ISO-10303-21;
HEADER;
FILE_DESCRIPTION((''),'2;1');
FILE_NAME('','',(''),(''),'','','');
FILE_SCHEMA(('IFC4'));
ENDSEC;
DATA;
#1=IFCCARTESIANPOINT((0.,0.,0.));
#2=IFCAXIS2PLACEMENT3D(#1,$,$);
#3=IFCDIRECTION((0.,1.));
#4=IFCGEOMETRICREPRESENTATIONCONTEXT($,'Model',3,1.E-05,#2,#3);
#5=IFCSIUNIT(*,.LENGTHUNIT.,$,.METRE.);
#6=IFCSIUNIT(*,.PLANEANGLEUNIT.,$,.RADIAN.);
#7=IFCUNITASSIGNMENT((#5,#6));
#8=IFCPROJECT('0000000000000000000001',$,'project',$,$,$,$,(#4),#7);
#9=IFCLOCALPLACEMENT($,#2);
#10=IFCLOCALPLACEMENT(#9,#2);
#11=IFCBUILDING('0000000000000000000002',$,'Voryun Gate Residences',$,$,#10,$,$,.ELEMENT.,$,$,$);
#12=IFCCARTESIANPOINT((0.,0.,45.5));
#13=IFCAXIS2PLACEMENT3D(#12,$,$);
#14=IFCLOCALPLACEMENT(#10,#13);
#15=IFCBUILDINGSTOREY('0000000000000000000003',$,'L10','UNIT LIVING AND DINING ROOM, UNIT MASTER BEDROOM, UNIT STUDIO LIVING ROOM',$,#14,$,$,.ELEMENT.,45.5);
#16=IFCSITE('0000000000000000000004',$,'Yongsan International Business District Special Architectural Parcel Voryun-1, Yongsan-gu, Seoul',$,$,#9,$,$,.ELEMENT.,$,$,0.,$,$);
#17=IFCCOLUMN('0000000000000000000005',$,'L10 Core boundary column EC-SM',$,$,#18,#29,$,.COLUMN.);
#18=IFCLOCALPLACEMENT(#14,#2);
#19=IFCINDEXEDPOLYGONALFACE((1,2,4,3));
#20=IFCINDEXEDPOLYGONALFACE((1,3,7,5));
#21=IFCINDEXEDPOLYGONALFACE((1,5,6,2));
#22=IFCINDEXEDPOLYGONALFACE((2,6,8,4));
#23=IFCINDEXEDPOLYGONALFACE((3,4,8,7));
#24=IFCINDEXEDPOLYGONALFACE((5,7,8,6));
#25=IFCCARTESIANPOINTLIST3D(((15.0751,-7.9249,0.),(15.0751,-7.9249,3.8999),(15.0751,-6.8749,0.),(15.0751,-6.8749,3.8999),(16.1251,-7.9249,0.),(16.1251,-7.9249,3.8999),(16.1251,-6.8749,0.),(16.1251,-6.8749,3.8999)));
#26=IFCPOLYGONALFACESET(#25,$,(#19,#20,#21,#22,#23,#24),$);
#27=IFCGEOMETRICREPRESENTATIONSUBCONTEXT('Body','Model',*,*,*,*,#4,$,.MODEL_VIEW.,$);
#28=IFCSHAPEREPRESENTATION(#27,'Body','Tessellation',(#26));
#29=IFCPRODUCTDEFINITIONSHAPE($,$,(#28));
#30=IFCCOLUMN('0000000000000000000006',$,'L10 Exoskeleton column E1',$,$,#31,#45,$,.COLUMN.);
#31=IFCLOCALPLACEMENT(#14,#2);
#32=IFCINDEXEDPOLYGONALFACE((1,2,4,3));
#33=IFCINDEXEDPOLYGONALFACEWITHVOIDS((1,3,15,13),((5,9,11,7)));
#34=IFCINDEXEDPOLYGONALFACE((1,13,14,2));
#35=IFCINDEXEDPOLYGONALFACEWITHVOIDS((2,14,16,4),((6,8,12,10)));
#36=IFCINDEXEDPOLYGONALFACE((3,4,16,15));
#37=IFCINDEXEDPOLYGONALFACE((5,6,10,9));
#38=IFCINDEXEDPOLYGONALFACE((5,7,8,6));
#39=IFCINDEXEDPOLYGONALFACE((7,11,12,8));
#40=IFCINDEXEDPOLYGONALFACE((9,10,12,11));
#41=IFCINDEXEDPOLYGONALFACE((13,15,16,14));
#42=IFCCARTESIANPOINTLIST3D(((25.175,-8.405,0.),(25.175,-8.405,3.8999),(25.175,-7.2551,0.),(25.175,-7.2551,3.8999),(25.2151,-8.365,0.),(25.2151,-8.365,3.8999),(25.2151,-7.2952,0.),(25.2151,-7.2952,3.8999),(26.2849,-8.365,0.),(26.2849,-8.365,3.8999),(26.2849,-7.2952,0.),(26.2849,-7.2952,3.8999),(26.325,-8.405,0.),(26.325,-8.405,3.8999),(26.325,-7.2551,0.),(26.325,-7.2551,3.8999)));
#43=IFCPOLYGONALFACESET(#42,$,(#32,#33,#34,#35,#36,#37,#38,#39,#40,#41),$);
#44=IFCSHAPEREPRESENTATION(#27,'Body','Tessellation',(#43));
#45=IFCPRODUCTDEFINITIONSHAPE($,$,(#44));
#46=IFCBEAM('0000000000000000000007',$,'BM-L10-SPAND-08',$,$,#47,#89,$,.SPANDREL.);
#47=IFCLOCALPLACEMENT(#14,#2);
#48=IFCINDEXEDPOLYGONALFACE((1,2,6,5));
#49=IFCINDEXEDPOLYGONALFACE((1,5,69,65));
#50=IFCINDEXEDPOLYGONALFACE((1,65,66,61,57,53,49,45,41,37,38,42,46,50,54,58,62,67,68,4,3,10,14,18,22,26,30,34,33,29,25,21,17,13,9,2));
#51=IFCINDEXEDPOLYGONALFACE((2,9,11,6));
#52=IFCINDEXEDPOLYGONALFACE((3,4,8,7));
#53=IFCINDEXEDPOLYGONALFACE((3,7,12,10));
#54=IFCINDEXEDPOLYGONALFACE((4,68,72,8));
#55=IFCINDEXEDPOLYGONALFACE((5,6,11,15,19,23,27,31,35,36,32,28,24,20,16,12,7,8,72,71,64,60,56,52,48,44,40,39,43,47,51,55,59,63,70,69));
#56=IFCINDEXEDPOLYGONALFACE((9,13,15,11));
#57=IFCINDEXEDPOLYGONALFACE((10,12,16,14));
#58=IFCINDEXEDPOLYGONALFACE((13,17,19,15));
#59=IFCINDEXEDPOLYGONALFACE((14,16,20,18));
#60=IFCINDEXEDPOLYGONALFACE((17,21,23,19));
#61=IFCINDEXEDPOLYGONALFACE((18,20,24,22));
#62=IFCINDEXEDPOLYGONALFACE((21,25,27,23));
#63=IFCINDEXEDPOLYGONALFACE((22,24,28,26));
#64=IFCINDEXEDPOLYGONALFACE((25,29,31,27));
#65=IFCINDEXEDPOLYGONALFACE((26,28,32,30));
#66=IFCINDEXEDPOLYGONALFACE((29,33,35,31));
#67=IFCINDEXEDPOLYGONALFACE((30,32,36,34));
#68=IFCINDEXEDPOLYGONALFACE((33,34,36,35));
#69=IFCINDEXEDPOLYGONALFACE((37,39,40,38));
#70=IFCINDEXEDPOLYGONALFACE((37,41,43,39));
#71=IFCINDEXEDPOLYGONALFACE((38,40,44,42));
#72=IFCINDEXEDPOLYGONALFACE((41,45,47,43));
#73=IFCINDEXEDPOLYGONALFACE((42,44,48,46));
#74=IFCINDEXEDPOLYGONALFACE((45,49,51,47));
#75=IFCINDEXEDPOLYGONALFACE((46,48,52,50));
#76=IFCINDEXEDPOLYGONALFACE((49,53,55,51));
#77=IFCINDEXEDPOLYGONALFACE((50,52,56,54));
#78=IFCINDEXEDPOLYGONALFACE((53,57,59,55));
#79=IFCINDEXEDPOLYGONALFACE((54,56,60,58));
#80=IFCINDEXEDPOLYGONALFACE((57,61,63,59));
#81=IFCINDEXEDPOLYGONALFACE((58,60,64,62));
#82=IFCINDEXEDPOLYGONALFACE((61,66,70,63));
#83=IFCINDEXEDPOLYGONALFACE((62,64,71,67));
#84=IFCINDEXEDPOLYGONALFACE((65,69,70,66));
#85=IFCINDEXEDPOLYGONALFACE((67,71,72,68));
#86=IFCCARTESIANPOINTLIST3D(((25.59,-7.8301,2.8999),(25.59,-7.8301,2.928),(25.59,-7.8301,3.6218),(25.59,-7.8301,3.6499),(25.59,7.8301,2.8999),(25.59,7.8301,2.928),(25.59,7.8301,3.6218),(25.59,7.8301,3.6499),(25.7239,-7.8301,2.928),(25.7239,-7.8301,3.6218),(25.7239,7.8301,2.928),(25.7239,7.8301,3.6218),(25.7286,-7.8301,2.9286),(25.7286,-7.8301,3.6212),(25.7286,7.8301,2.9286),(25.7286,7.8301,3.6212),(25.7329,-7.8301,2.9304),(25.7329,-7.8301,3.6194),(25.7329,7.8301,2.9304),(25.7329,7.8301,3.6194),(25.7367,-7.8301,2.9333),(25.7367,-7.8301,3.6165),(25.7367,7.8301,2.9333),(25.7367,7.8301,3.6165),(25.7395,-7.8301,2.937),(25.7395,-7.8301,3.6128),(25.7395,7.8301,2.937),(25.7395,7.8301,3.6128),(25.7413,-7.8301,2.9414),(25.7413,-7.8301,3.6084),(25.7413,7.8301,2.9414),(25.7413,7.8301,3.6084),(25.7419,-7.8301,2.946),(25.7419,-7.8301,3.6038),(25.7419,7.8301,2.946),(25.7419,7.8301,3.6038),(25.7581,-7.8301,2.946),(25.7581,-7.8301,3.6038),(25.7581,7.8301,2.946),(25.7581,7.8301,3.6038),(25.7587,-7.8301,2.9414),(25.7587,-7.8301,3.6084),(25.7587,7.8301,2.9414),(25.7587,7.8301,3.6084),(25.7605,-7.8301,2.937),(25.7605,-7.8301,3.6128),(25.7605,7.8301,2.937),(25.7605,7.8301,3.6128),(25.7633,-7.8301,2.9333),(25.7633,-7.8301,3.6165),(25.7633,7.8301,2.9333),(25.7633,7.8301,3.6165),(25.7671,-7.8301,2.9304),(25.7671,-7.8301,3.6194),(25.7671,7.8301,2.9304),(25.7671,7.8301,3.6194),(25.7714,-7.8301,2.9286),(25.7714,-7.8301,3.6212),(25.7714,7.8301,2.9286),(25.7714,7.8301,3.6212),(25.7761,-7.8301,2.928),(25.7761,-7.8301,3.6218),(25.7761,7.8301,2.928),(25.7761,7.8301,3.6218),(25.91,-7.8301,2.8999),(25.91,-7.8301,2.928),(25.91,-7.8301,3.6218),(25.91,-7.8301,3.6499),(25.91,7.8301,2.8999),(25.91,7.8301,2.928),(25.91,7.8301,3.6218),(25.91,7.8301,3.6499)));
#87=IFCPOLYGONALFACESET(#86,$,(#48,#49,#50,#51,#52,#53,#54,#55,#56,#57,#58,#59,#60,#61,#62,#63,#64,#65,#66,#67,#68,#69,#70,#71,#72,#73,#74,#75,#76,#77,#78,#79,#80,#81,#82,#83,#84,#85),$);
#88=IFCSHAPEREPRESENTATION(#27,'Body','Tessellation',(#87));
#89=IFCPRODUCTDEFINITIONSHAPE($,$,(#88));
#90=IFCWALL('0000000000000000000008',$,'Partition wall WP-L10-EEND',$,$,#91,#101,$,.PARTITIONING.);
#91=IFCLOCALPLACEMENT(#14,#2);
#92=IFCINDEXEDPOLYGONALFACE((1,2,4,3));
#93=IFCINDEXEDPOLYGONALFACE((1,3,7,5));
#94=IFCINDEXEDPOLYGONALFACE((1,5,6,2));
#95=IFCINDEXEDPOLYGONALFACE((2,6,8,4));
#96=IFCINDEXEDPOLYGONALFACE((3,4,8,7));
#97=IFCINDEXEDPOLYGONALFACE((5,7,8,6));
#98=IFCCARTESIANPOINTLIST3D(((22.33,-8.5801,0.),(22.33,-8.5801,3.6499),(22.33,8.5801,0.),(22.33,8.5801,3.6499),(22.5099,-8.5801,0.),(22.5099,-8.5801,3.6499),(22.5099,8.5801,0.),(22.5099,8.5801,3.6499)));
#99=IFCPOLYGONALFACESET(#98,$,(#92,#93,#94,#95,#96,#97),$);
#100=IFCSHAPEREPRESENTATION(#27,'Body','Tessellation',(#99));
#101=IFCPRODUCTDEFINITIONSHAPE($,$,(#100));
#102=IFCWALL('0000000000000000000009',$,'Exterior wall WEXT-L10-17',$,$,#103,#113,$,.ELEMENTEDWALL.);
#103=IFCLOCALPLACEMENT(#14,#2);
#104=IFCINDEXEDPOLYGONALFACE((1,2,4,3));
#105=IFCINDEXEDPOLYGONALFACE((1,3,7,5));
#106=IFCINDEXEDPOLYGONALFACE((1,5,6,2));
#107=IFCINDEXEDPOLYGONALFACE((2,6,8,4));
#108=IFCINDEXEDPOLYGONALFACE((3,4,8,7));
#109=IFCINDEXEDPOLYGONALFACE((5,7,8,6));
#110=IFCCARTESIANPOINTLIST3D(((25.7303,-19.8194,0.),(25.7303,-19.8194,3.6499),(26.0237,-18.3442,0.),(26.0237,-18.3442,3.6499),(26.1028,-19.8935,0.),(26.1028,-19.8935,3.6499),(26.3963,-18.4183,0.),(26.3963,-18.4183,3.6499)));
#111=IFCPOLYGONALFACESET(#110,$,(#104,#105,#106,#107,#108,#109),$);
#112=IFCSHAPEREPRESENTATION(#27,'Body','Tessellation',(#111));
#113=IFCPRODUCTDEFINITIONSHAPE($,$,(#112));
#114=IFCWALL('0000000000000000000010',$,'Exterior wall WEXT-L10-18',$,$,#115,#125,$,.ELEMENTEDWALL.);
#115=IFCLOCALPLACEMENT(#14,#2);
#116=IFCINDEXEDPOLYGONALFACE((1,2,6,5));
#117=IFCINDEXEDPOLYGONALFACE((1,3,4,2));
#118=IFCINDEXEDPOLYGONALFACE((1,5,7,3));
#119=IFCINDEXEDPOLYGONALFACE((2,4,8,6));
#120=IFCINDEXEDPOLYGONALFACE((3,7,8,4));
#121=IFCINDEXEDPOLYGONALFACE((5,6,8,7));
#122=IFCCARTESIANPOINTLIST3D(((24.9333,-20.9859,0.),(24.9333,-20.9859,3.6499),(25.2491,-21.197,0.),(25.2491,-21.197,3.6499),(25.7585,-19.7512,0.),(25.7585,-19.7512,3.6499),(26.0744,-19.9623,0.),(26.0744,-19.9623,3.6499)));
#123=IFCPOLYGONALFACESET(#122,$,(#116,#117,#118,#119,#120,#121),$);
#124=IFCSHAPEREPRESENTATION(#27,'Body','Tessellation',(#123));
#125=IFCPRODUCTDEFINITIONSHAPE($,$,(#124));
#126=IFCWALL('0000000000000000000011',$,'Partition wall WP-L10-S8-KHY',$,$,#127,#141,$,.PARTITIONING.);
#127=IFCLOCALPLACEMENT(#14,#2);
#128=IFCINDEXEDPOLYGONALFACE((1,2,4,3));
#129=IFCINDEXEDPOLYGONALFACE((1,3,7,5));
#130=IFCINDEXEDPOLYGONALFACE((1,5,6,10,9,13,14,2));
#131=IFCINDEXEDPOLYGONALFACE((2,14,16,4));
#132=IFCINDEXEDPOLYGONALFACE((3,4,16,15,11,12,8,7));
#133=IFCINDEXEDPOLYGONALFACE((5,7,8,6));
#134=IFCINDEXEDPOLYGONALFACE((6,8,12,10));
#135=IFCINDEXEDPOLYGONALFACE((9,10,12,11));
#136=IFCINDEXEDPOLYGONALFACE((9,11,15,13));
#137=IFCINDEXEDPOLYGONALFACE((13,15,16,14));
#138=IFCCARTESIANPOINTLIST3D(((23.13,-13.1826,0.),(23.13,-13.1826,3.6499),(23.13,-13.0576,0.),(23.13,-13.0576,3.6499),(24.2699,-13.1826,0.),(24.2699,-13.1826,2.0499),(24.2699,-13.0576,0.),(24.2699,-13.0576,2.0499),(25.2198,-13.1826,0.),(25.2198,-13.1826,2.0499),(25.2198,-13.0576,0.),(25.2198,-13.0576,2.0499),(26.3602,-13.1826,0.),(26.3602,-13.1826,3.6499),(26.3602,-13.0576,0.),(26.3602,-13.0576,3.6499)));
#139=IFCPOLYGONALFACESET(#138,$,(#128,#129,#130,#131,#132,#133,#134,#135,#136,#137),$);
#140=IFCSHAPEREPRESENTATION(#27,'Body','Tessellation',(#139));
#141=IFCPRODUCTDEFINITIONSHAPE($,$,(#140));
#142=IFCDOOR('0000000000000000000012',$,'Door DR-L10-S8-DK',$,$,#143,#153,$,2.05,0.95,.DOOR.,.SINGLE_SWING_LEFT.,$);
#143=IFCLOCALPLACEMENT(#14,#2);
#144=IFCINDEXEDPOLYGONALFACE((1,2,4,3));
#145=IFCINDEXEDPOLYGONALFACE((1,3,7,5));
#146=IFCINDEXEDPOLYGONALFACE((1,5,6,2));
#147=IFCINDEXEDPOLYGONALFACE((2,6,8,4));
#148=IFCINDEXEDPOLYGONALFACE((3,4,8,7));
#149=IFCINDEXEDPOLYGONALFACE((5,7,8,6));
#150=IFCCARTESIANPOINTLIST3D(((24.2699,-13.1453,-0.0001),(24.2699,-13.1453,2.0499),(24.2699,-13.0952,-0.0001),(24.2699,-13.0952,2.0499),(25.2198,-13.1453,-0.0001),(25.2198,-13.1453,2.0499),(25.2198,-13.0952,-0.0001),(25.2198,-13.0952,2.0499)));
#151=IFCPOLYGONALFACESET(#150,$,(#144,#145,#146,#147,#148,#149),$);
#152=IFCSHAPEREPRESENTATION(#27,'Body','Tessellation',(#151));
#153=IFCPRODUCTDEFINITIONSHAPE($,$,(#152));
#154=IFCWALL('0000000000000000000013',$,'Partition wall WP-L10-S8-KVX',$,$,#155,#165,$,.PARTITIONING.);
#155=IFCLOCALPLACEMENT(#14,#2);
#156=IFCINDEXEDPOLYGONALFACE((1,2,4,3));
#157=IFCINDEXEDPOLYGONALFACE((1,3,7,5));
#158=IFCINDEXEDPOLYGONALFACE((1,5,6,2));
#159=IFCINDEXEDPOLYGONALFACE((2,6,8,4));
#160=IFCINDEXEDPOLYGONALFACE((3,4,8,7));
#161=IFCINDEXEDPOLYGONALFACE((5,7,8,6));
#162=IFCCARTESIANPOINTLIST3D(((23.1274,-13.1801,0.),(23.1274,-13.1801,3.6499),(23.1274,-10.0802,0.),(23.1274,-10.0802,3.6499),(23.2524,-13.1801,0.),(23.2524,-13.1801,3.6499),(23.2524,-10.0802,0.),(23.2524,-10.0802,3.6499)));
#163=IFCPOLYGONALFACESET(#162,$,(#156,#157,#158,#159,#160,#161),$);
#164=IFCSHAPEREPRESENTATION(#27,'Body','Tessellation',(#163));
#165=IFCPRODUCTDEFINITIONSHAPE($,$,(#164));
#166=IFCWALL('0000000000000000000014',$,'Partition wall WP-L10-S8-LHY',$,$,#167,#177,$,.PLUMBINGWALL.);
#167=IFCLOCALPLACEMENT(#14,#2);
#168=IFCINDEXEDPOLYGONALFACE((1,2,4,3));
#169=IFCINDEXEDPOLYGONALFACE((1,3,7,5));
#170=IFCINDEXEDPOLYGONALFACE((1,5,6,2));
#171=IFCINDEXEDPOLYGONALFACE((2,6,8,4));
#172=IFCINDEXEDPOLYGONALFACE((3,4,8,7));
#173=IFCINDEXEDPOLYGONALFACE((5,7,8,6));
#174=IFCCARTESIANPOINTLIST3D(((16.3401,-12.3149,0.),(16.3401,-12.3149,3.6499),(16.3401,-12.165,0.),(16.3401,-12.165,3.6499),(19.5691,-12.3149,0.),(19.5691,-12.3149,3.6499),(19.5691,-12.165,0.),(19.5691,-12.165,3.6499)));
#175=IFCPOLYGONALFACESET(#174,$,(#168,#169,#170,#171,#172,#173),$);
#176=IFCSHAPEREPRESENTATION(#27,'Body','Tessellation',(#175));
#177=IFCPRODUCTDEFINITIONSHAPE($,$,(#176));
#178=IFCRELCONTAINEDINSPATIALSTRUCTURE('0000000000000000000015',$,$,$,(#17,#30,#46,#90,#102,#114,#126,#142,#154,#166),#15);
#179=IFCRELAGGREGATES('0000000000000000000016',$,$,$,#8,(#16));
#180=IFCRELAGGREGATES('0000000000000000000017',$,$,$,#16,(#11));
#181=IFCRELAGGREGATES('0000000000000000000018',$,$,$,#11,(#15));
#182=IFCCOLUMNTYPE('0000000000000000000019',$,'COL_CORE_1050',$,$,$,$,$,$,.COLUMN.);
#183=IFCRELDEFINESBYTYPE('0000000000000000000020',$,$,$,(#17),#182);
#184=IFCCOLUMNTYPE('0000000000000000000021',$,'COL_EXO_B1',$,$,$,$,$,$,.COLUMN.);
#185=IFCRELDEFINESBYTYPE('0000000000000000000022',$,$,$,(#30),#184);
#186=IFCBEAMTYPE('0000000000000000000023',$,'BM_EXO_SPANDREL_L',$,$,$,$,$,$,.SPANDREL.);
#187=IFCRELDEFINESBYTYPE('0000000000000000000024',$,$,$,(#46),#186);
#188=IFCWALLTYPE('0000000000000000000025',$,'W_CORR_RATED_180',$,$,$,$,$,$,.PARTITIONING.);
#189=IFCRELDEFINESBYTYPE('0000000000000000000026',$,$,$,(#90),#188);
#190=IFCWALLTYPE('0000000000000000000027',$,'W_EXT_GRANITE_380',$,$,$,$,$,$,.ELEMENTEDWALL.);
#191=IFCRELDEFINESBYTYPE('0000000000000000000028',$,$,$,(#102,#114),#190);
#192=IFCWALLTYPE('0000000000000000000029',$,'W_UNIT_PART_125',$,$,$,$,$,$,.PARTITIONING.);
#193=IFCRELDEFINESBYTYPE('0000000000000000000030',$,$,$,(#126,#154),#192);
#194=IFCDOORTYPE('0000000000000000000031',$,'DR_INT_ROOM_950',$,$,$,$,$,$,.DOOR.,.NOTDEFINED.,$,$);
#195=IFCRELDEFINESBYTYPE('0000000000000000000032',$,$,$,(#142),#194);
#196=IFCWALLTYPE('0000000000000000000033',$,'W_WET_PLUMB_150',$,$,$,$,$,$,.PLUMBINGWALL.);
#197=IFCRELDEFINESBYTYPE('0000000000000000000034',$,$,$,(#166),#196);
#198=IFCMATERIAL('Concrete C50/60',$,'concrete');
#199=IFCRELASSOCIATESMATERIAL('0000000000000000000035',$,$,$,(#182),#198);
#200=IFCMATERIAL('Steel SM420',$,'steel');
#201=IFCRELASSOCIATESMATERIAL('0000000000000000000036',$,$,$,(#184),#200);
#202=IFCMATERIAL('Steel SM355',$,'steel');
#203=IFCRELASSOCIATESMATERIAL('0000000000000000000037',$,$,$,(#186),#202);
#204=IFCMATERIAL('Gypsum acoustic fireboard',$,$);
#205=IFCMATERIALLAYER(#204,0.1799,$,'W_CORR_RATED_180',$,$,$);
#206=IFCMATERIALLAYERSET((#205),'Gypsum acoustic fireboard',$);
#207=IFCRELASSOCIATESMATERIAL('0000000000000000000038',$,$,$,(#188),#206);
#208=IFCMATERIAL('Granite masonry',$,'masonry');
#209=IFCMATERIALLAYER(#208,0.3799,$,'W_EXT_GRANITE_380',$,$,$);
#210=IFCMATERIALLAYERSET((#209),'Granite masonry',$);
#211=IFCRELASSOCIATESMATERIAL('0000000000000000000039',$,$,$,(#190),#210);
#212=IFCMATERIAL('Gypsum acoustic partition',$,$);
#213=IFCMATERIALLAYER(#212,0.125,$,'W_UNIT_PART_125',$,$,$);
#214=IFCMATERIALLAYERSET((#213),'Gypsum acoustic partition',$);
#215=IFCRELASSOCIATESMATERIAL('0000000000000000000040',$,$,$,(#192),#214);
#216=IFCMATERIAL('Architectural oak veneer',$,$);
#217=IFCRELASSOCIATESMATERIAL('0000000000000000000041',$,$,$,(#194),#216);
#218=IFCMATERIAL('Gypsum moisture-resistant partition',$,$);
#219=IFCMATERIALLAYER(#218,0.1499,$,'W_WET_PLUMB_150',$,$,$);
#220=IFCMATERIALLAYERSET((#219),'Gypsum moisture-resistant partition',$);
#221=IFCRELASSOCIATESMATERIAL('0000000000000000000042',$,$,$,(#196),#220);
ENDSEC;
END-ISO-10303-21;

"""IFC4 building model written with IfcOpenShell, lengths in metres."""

from ifc_helpers import new_model, si_unit, direction, frame, frame_2d, origin, origin_2d, place, context, subcontext, project, spatial, rectangle, hollow_rectangle, i_section, extrude, material, layer, layer_set, material_profile, profile_set, type_object, element, fill, save


model = new_model("IFC4")

# Units and contexts
model_context = context("Model", 3, precision=1e-05, world=origin(), true_north=direction((0.0, 1.0)))
body_context = subcontext(model_context, "Body", "Model", "MODEL_VIEW")
ifc_project = project(units=[si_unit("LENGTHUNIT", "METRE"), si_unit("PLANEANGLEUNIT", "RADIAN")], contexts=[model_context])

# Site, building, storey
site_placement = place(None, origin())
site = spatial("IfcSite", under=ifc_project, at=site_placement, Name="Yongsan International Business District Special Architectural Parcel Voryun-1, Yongsan-gu, Seoul", CompositionType="ELEMENT", RefElevation=0.0)
building_placement = place(site_placement, origin())
building = spatial("IfcBuilding", under=site, at=building_placement, Name="Voryun Gate Residences", CompositionType="ELEMENT")
storey_placement = place(building_placement, frame((0.0, 0.0, 45.5)))
storey = spatial("IfcBuildingStorey", under=building, at=storey_placement, Name="L10", Description="UNIT LIVING AND DINING ROOM, UNIT MASTER BEDROOM, UNIT STUDIO LIVING ROOM", CompositionType="ELEMENT", Elevation=45.5)

# Columns
ifc_material_1 = material(Name="Concrete C50/60", Category="concrete")
ifc_material_profile_1 = material_profile(ifc_material_1, rectangle(XDim=1.05, YDim=1.05, at=origin_2d()), Name="RC-1050x1050")
ifc_profile_set_1 = profile_set([ifc_material_profile_1], Name="Concrete C50/60")
column_type_1 = type_object("IfcColumnType", Name="COL_CORE_1050", PredefinedType="COLUMN", material=ifc_profile_set_1)
column_1_placement = place(storey_placement, frame((15.6001, -7.3999, 0.0), z_axis=(0.0, 0.0, 1.0), x_axis=(1.0, 0.0, 0.0)))
element("IfcColumn", 1, at=column_1_placement, inside=storey, type_object=column_type_1, Name="L10 Core boundary column EC-SM", PredefinedType="COLUMN", context=body_context, shape_type="SweptSolid", body=[
    extrude(rectangle(XDim=1.05, YDim=1.05, at=origin_2d()), origin(), (0.0, 0.0, 1.0), 3.8999),
])
ifc_material_2 = material(Name="Steel SM420", Category="steel")
ifc_material_profile_2 = material_profile(ifc_material_2, hollow_rectangle(XDim=1.1499, YDim=1.1499, WallThickness=0.04, at=origin_2d()), Name="BOX-1150x1150x40")
ifc_profile_set_2 = profile_set([ifc_material_profile_2], Name="Steel SM420")
column_type_2 = type_object("IfcColumnType", Name="COL_EXO_B1", PredefinedType="COLUMN", material=ifc_profile_set_2)
column_2_placement = place(storey_placement, frame((25.75, -7.8301, 0.0), z_axis=(0.0, 0.0, 1.0), x_axis=(1.0, 0.0, 0.0)))
element("IfcColumn", 2, at=column_2_placement, inside=storey, type_object=column_type_2, Name="L10 Exoskeleton column E1", PredefinedType="COLUMN", context=body_context, shape_type="SweptSolid", body=[
    extrude(hollow_rectangle(XDim=1.1499, YDim=1.1499, WallThickness=0.04, at=origin_2d()), origin(), (0.0, 0.0, 1.0), 3.8999),
])

# Beam
ifc_material_3 = material(Name="Steel SM355", Category="steel")
ifc_material_profile_3 = material_profile(ifc_material_3, i_section(OverallWidth=0.3201, OverallDepth=0.75, WebThickness=0.0161, FlangeThickness=0.0281, FilletRadius=0.0181, at=origin_2d()), Name="H-750x320x16x28")
ifc_profile_set_3 = profile_set([ifc_material_profile_3], Name="Steel SM355")
beam_type = type_object("IfcBeamType", Name="BM_EXO_SPANDREL_L", PredefinedType="SPANDREL", material=ifc_profile_set_3)
beam_placement = place(storey_placement, frame((25.75, -7.8301, 3.2749), z_axis=(0.0, 1.0, 0.0), x_axis=(-1.0, 0.0, 0.0)))
element("IfcBeam", 3, at=beam_placement, inside=storey, type_object=beam_type, Name="BM-L10-SPAND-08", PredefinedType="SPANDREL", context=body_context, shape_type="SweptSolid", body=[
    extrude(i_section(OverallWidth=0.3201, OverallDepth=0.75, WebThickness=0.0161, FlangeThickness=0.0281, FilletRadius=0.0181, at=origin_2d()), origin(), (0.0, 0.0, 1.0), 15.6602),
])

# Walls
ifc_material_4 = material(Name="Gypsum acoustic fireboard")
ifc_layer_1 = layer(ifc_material_4, 0.1799, Name="W_CORR_RATED_180")
ifc_layer_set_1 = layer_set([ifc_layer_1], Name="Gypsum acoustic fireboard")
wall_type_1 = type_object("IfcWallType", Name="W_CORR_RATED_180", PredefinedType="PARTITIONING", material=ifc_layer_set_1)
wall_1_placement = place(storey_placement, frame((22.4199, -8.5801, 0.0), z_axis=(0.0, 0.0, 1.0), x_axis=(0.0, 1.0, 0.0)))
element("IfcWall", 4, at=wall_1_placement, inside=storey, type_object=wall_type_1, Name="Partition wall WP-L10-EEND", PredefinedType="PARTITIONING", context=body_context, shape_type="SweptSolid", body=[
    extrude(rectangle(XDim=17.1602, YDim=0.1799, at=frame_2d((8.5801, 0.0))), origin(), (0.0, 0.0, 1.0), 3.6499),
])
ifc_material_5 = material(Name="Granite masonry", Category="masonry")
ifc_layer_2 = layer(ifc_material_5, 0.3799, Name="W_EXT_GRANITE_380")
ifc_layer_set_2 = layer_set([ifc_layer_2], Name="Granite masonry")
wall_type_2 = type_object("IfcWallType", Name="W_EXT_GRANITE_380", PredefinedType="ELEMENTEDWALL", material=ifc_layer_set_2)
wall_2_placement = place(storey_placement, frame((26.21, -18.3813, 0.0), z_axis=(0.0, 0.0, 1.0), x_axis=(-0.195086, -0.980786, 0.0)))
element("IfcWall", 5, at=wall_2_placement, inside=storey, type_object=wall_type_2, Name="Exterior wall WEXT-L10-17", PredefinedType="ELEMENTEDWALL", context=body_context, shape_type="SweptSolid", body=[
    extrude(rectangle(XDim=1.5042, YDim=0.3799, at=frame_2d((0.752, 0.0))), origin(), (0.0, 0.0, 1.0), 3.6499),
])
wall_3_placement = place(storey_placement, frame((25.9165, -19.8567, 0.0), z_axis=(0.0, 0.0, 1.0), x_axis=(-0.555686, -0.831392, 0.0)))
element("IfcWall", 6, at=wall_3_placement, inside=storey, type_object=wall_type_2, Name="Exterior wall WEXT-L10-18", PredefinedType="ELEMENTEDWALL", context=body_context, shape_type="SweptSolid", body=[
    extrude(rectangle(XDim=1.4851, YDim=0.3799, at=frame_2d((0.7427, 0.0))), origin(), (0.0, 0.0, 1.0), 3.6499),
])

# Wall, opening, door
ifc_material_6 = material(Name="Gypsum acoustic partition")
ifc_layer_3 = layer(ifc_material_6, 0.125, Name="W_UNIT_PART_125")
ifc_layer_set_3 = layer_set([ifc_layer_3], Name="Gypsum acoustic partition")
wall_type_3 = type_object("IfcWallType", Name="W_UNIT_PART_125", PredefinedType="PARTITIONING", material=ifc_layer_set_3)
wall_4_placement = place(storey_placement, frame((23.1299, -13.1201, 0.0), z_axis=(0.0, 0.0, 1.0), x_axis=(1.0, 0.0, 0.0)))
wall_4 = element("IfcWall", 7, at=wall_4_placement, inside=storey, type_object=wall_type_3, Name="Partition wall WP-L10-S8-KHY", PredefinedType="PARTITIONING", context=body_context, shape_type="SweptSolid", body=[
    extrude(rectangle(XDim=3.2302, YDim=0.125, at=frame_2d((1.6152, 0.0))), origin(), (0.0, 0.0, 1.0), 3.6499),
])
opening_1_placement = place(wall_4_placement, frame((1.1399, 0.0, 0.0)))
opening_1 = element("IfcOpeningElement", 8, at=opening_1_placement, cuts=wall_4, PredefinedType="OPENING", context=body_context, shape_type="SweptSolid", body=[
    extrude(rectangle(XDim=0.95, YDim=2.05, at=frame_2d((0.4751, 1.0249))), frame((0.0, 0.0725, 0.0), z_axis=(0.0, -1.0, 0.0), x_axis=(1.0, 0.0, 0.0)), (0.0, 0.0, 1.0), 0.145),
])
ifc_material_7 = material(Name="Architectural oak veneer")
door_type_1 = type_object("IfcDoorType", Name="DR_INT_ROOM_950", OperationType="NOTDEFINED", PredefinedType="DOOR", material=ifc_material_7)
door_1_placement = place(opening_1_placement, origin())
door_1 = element("IfcDoor", 9, at=door_1_placement, inside=storey, type_object=door_type_1, Name="Door DR-L10-S8-DK", OperationType="SINGLE_SWING_LEFT", OverallHeight=2.05, OverallWidth=0.95, PredefinedType="DOOR", context=body_context, shape_type="SweptSolid", body=[
    extrude(rectangle(XDim=0.95, YDim=2.05, at=frame_2d((0.4751, 1.0249))), frame((0.0, 0.0249, 0.0), z_axis=(0.0, -1.0, 0.0), x_axis=(1.0, 0.0, 0.0)), (0.0, 0.0, 1.0), 0.05),
])
fill(opening_1, door_1)

# Walls
wall_5_placement = place(storey_placement, frame((23.1899, -13.1799, 0.0), z_axis=(0.0, 0.0, 1.0), x_axis=(0.0, 1.0, 0.0)))
element("IfcWall", 10, at=wall_5_placement, inside=storey, type_object=wall_type_3, Name="Partition wall WP-L10-S8-KVX", PredefinedType="PARTITIONING", context=body_context, shape_type="SweptSolid", body=[
    extrude(rectangle(XDim=3.0999, YDim=0.125, at=frame_2d((1.5498, 0.0))), origin(), (0.0, 0.0, 1.0), 3.6499),
])
ifc_material_8 = material(Name="Gypsum moisture-resistant partition")
ifc_layer_4 = layer(ifc_material_8, 0.1499, Name="W_WET_PLUMB_150")
ifc_layer_set_4 = layer_set([ifc_layer_4], Name="Gypsum moisture-resistant partition")
wall_type_4 = type_object("IfcWallType", Name="W_WET_PLUMB_150", PredefinedType="PLUMBINGWALL", material=ifc_layer_set_4)
wall_6_placement = place(storey_placement, frame((16.3401, -12.24, 0.0), z_axis=(0.0, 0.0, 1.0), x_axis=(1.0, 0.0, 0.0)))
element("IfcWall", 11, at=wall_6_placement, inside=storey, type_object=wall_type_4, Name="Partition wall WP-L10-S8-LHY", PredefinedType="PLUMBINGWALL", context=body_context, shape_type="SweptSolid", body=[
    extrude(rectangle(XDim=3.229, YDim=0.1499, at=frame_2d((1.6145, 0.0))), origin(), (0.0, 0.0, 1.0), 3.6499),
])

save(model, "model.ifc")
